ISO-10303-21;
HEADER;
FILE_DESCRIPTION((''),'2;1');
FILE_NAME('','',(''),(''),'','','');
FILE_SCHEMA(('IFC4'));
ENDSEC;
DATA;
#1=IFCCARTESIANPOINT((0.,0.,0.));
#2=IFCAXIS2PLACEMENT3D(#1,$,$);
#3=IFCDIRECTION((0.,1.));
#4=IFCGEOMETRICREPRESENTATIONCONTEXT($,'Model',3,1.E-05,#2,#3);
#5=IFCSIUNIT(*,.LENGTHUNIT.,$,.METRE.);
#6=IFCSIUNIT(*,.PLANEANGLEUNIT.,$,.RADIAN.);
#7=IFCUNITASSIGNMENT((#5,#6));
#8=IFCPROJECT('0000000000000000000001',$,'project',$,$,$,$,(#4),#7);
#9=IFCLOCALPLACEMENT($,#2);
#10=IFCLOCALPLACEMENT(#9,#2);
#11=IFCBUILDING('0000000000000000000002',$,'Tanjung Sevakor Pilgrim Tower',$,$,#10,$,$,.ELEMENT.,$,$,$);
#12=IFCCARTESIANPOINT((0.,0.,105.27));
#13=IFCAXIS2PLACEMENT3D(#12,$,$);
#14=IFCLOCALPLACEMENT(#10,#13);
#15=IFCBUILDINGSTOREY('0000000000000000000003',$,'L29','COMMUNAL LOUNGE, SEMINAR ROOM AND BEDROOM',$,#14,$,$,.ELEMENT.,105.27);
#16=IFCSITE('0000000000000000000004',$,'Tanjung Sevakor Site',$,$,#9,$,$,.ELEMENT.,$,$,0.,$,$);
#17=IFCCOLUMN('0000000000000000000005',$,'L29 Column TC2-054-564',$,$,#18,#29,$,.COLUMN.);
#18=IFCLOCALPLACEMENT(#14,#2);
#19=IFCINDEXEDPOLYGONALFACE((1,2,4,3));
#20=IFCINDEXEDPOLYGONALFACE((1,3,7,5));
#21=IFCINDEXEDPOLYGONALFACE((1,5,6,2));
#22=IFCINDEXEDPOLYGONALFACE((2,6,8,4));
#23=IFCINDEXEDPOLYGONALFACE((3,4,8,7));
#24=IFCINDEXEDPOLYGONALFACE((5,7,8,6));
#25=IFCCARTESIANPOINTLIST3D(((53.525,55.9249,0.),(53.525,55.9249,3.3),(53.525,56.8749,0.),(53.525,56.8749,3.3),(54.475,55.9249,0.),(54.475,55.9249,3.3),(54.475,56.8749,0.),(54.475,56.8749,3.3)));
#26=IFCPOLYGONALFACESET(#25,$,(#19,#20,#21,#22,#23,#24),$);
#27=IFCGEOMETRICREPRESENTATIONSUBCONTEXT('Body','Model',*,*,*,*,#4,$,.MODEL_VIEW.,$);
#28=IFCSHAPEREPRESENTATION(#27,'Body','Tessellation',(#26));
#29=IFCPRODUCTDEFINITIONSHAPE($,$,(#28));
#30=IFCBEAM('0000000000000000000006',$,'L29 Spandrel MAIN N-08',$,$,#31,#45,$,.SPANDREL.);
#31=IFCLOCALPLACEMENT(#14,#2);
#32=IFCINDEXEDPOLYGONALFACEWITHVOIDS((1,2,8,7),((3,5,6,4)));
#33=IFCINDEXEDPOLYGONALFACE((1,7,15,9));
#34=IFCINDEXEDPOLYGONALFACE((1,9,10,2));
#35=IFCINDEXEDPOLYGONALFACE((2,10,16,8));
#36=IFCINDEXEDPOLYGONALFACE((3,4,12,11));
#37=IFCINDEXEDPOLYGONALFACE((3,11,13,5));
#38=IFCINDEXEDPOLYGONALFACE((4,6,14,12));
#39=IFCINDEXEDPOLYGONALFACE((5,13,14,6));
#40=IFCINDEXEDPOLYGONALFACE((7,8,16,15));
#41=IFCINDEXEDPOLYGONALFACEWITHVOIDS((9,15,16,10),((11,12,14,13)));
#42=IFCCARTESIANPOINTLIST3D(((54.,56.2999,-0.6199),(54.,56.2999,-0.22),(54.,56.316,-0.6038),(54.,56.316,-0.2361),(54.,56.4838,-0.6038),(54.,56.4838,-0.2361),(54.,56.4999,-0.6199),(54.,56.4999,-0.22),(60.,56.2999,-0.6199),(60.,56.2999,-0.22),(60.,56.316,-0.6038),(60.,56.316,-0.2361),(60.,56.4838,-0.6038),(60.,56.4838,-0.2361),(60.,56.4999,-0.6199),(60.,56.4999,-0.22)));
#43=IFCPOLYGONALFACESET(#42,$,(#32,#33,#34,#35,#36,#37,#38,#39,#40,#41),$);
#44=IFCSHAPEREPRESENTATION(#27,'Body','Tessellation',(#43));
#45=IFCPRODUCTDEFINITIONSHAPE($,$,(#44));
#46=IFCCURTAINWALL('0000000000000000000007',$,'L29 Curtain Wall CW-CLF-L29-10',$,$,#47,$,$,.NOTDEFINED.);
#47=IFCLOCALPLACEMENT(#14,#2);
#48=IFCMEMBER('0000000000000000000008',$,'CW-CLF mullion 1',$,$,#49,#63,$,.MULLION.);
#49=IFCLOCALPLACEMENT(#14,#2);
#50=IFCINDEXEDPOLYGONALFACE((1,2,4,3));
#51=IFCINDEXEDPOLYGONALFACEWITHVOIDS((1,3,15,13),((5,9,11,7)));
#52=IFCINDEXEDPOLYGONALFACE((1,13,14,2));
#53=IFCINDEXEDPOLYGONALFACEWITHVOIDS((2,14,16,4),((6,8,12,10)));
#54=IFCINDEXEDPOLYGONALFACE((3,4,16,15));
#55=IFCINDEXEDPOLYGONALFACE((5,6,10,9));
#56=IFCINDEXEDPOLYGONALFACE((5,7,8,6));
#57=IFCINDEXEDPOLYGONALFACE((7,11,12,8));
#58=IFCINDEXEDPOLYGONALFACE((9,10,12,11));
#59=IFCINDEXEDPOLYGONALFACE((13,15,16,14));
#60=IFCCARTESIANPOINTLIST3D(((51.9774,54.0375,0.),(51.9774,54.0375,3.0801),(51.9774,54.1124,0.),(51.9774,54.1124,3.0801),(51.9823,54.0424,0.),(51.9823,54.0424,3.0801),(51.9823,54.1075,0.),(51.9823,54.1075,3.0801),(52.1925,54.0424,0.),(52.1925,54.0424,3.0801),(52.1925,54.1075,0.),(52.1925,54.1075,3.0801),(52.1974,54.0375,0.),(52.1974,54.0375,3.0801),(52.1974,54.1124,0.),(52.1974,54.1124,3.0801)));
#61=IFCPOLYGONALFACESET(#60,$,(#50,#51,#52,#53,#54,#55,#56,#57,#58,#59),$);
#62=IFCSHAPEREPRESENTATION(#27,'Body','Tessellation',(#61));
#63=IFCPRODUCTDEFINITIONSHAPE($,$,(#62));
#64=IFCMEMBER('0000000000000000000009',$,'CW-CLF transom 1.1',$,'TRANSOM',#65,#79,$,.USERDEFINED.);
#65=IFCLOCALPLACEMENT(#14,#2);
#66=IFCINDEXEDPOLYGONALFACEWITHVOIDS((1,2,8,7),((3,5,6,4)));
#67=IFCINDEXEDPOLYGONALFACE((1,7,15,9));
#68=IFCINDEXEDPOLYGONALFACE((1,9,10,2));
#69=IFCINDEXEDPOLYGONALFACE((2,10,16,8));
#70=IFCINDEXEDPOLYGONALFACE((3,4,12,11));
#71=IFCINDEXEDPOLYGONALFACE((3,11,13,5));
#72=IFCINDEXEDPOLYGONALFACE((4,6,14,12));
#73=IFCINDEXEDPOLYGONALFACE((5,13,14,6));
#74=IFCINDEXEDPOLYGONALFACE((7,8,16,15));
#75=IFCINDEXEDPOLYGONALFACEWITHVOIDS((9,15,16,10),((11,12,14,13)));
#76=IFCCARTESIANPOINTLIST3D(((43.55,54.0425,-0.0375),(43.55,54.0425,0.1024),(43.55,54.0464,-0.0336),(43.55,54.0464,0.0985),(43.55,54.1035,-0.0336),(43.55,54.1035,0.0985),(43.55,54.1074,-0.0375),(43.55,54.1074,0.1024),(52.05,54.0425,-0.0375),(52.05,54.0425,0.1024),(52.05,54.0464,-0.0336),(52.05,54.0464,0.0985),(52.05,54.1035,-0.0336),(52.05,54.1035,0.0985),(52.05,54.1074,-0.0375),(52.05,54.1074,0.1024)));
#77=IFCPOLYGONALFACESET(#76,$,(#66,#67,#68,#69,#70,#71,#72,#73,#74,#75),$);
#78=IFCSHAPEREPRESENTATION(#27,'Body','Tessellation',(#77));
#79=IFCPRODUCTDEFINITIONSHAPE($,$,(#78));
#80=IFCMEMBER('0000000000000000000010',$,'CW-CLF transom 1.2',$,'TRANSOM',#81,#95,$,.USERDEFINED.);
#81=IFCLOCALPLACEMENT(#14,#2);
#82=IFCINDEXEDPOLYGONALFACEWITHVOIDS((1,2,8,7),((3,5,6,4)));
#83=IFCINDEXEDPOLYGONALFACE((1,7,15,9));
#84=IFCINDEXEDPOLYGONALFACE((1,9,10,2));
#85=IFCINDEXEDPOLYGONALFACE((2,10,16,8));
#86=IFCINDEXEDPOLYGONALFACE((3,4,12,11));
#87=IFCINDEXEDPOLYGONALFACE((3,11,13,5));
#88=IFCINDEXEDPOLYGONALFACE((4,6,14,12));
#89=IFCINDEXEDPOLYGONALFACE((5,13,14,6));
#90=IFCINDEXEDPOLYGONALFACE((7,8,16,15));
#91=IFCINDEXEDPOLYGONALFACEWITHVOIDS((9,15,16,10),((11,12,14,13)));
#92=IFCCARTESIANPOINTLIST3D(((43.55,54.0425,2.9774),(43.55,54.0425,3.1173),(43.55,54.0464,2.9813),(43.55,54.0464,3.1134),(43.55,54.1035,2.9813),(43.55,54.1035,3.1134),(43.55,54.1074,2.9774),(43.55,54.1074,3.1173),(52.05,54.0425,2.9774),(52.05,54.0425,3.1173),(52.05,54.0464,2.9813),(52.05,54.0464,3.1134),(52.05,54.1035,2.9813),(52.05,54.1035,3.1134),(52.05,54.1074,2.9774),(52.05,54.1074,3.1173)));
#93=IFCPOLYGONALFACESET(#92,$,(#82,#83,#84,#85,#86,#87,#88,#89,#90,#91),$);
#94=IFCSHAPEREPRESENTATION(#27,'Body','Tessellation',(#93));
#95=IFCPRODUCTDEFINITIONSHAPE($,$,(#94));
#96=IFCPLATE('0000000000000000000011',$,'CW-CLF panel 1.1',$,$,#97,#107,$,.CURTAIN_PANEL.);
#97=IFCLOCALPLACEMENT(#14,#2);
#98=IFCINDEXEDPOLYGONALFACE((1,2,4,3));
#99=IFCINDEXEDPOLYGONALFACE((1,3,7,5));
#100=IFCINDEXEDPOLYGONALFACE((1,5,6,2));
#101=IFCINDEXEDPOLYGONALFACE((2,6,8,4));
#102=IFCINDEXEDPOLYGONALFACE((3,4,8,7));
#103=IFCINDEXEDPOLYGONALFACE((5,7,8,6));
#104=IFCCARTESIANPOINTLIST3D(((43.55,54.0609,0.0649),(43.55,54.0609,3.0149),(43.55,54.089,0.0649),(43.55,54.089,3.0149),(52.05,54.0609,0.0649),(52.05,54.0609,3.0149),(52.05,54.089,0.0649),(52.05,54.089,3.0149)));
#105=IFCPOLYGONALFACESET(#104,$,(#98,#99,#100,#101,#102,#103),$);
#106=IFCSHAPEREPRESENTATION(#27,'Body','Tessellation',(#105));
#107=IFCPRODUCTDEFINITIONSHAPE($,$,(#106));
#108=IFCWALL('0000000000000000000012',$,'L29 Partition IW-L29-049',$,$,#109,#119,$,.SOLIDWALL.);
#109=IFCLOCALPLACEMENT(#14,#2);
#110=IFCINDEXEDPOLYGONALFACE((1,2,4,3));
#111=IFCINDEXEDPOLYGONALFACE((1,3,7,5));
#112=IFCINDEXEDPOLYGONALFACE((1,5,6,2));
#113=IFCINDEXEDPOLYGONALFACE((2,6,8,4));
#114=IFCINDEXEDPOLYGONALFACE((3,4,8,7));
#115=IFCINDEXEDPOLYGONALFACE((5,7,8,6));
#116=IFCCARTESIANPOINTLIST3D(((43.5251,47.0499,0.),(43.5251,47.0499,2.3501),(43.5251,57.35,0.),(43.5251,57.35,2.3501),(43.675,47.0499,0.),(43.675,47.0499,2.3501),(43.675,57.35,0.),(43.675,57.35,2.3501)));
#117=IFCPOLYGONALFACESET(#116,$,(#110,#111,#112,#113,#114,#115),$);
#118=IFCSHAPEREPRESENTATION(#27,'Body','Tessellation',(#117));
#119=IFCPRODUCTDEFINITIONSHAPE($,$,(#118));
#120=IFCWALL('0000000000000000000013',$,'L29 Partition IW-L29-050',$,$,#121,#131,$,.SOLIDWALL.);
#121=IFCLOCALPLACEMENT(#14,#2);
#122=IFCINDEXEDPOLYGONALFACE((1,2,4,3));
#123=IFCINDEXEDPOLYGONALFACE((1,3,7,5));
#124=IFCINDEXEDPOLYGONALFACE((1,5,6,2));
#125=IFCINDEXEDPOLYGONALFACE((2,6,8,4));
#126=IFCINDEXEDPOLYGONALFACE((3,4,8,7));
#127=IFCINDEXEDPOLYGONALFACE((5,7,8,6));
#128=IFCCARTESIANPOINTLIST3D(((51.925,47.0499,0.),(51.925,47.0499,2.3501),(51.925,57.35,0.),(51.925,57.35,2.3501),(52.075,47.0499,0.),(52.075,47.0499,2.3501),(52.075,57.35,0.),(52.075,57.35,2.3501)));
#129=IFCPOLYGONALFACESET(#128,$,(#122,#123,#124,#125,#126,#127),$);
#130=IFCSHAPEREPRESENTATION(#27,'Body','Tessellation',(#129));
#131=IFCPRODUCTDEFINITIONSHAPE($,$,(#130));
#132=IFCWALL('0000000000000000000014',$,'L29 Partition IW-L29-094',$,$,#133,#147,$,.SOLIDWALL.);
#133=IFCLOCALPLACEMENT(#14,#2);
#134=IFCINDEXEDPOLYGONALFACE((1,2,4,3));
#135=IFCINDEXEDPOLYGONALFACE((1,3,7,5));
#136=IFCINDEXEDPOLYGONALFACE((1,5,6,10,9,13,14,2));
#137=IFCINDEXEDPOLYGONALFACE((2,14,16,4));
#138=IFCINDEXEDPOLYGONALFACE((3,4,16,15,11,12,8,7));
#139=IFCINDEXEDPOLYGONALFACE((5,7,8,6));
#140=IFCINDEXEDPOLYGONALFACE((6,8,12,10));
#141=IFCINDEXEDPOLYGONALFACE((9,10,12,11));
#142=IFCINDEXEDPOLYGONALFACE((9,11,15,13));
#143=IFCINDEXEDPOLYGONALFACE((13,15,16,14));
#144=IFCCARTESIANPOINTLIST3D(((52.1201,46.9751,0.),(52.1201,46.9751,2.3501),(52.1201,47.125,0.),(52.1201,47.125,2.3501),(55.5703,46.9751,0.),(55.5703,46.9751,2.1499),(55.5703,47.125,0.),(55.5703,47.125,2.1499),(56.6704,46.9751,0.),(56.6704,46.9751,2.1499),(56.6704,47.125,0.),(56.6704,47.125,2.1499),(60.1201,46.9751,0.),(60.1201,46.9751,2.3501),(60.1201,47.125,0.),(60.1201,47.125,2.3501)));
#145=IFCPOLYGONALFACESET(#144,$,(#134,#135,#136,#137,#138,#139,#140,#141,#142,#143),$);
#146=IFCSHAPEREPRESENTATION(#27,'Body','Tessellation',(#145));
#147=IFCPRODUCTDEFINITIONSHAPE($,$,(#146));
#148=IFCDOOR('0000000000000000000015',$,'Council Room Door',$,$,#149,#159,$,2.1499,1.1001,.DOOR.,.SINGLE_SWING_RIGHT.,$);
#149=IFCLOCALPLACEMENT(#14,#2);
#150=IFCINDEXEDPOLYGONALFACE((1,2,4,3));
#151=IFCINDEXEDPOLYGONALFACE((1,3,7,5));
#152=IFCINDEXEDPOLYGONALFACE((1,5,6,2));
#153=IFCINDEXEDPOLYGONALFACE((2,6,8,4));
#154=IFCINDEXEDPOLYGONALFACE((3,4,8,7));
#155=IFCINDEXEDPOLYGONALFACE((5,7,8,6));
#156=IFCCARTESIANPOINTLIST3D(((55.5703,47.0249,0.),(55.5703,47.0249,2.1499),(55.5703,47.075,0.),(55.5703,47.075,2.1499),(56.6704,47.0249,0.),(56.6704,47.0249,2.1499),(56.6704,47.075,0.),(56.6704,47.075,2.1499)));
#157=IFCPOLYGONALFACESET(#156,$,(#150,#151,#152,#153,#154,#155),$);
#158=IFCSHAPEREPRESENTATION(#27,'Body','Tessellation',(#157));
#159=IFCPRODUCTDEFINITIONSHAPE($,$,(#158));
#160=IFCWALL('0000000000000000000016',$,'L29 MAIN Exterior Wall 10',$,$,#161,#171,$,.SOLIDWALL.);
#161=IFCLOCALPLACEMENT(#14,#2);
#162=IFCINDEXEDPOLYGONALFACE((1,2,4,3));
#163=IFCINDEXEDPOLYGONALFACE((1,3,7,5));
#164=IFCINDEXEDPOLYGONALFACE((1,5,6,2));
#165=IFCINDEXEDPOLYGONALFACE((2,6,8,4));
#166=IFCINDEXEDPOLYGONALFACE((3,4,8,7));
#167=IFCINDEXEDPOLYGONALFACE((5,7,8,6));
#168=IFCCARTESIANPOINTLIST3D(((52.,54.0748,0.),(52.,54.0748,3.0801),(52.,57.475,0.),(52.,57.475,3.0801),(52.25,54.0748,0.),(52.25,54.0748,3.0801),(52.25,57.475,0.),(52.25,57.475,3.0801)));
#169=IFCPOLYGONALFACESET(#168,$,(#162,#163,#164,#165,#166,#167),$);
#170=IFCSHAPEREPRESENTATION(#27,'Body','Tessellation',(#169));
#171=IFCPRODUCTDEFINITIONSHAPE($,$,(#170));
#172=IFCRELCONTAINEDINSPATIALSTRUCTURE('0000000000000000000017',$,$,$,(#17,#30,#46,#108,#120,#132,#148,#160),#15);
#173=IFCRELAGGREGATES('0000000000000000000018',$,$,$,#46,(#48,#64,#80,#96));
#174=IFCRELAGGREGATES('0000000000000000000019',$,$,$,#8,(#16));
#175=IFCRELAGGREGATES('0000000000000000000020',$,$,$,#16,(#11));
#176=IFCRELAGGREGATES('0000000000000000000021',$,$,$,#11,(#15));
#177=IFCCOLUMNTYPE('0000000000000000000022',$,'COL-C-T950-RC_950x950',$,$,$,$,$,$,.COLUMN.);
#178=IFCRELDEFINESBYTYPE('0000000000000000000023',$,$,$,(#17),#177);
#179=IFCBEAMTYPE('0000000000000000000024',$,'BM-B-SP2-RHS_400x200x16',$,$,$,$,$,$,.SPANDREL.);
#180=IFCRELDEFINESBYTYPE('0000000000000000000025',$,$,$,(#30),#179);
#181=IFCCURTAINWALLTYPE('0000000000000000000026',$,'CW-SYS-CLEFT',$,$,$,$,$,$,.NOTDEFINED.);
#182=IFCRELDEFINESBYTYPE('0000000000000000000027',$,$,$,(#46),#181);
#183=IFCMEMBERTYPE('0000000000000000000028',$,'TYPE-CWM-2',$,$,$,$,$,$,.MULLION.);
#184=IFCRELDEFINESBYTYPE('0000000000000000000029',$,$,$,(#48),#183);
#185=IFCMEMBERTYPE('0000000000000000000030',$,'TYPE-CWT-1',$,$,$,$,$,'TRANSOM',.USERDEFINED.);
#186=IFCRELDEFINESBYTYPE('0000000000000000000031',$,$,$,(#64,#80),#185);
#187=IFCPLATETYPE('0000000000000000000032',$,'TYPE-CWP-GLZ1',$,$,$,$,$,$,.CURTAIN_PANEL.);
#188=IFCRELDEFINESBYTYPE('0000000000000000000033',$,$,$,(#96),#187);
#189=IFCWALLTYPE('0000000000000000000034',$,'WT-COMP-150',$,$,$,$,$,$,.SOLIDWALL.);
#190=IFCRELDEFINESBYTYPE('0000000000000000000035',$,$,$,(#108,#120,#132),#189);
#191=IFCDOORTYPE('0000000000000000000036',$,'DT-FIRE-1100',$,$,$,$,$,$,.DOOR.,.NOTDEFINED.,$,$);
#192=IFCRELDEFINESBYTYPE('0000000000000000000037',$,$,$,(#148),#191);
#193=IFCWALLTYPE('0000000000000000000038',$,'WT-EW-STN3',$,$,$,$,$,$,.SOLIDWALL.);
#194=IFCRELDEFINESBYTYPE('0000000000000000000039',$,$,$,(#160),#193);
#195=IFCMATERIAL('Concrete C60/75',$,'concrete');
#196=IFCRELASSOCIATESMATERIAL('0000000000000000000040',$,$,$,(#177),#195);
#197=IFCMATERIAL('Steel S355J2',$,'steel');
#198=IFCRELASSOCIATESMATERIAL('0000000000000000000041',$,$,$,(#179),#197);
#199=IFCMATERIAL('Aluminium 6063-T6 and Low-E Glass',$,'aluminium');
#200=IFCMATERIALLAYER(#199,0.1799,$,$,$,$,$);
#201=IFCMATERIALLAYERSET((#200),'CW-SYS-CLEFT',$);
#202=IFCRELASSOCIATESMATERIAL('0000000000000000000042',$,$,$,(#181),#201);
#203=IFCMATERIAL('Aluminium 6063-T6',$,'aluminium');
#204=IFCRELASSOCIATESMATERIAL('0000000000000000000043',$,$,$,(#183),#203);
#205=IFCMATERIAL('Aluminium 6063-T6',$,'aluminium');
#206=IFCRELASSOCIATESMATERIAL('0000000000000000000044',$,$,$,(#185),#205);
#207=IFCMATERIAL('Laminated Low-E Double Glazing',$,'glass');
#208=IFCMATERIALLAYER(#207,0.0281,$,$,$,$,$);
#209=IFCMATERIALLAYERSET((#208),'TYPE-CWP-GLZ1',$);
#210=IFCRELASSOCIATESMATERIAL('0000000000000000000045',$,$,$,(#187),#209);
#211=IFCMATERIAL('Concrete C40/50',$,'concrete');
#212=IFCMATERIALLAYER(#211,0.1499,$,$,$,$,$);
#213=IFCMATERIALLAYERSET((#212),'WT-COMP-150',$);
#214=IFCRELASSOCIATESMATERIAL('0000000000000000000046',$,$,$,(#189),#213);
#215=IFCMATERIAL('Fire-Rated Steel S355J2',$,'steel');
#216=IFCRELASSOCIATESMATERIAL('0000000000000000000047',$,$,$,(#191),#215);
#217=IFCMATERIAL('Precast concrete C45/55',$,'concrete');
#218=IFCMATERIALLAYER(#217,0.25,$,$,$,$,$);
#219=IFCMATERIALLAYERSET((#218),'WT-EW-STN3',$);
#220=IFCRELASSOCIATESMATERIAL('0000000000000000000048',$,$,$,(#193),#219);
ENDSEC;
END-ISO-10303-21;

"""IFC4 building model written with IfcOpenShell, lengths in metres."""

from ifc_helpers import new_model, si_unit, direction, frame, frame_2d, origin, origin_2d, place, context, subcontext, project, spatial, rectangle, hollow_rectangle, extrude, material, layer, layer_set, material_profile, profile_set, type_object, element, fill, aggregate, save


model = new_model("IFC4")

# Units and contexts
model_context = context("Model", 3, precision=1e-05, world=origin(), true_north=direction((0.0, 1.0)))
body_context = subcontext(model_context, "Body", "Model", "MODEL_VIEW")
ifc_project = project(units=[si_unit("LENGTHUNIT", "METRE"), si_unit("PLANEANGLEUNIT", "RADIAN")], contexts=[model_context])

# Site, building, storey
site_placement = place(None, origin())
site = spatial("IfcSite", under=ifc_project, at=site_placement, Name="Tanjung Sevakor Site", CompositionType="ELEMENT", RefElevation=0.0)
building_placement = place(site_placement, origin())
building = spatial("IfcBuilding", under=site, at=building_placement, Name="Tanjung Sevakor Pilgrim Tower", CompositionType="ELEMENT")
storey_placement = place(building_placement, frame((0.0, 0.0, 105.27)))
storey = spatial("IfcBuildingStorey", under=building, at=storey_placement, Name="L29", Description="COMMUNAL LOUNGE, SEMINAR ROOM AND BEDROOM", CompositionType="ELEMENT", Elevation=105.27)

# Column
ifc_material_1 = material(Name="Concrete C60/75", Category="concrete")
ifc_material_profile_1 = material_profile(ifc_material_1, rectangle(XDim=0.95, YDim=0.95, at=origin_2d()))
ifc_profile_set_1 = profile_set([ifc_material_profile_1], Name="Concrete C60/75")
column_type = type_object("IfcColumnType", Name="COL-C-T950-RC_950x950", PredefinedType="COLUMN", material=ifc_profile_set_1)
column_placement = place(storey_placement, frame((54.0, 56.3999, 0.0), z_axis=(0.0, 0.0, 1.0), x_axis=(1.0, 0.0, 0.0)))
element("IfcColumn", 1, at=column_placement, inside=storey, type_object=column_type, Name="L29 Column TC2-054-564", PredefinedType="COLUMN", context=body_context, shape_type="SweptSolid", body=[
    extrude(rectangle(XDim=0.95, YDim=0.95, at=origin_2d()), origin(), (0.0, 0.0, 1.0), 3.3),
])

# Beam
ifc_material_2 = material(Name="Steel S355J2", Category="steel")
ifc_material_profile_2 = material_profile(ifc_material_2, hollow_rectangle(XDim=0.2, YDim=0.3999, WallThickness=0.0161, at=origin_2d()))
ifc_profile_set_2 = profile_set([ifc_material_profile_2], Name="Steel S355J2")
beam_type = type_object("IfcBeamType", Name="BM-B-SP2-RHS_400x200x16", PredefinedType="SPANDREL", material=ifc_profile_set_2)
beam_placement = place(storey_placement, frame((54.0, 56.3999, -0.4199), z_axis=(1.0, 0.0, 0.0), x_axis=(0.0, 1.0, 0.0)))
element("IfcBeam", 2, at=beam_placement, inside=storey, type_object=beam_type, Name="L29 Spandrel MAIN N-08", PredefinedType="SPANDREL", context=body_context, shape_type="SweptSolid", body=[
    extrude(hollow_rectangle(XDim=0.2, YDim=0.3999, WallThickness=0.0161, at=origin_2d()), origin(), (0.0, 0.0, 1.0), 6.0),
])

# Curtain wall, members, plate
ifc_material_3 = material(Name="Aluminium 6063-T6 and Low-E Glass", Category="aluminium")
ifc_layer_1 = layer(ifc_material_3, 0.1799)
ifc_layer_set_1 = layer_set([ifc_layer_1], Name="CW-SYS-CLEFT")
curtain_wall_type = type_object("IfcCurtainWallType", Name="CW-SYS-CLEFT", PredefinedType="NOTDEFINED", material=ifc_layer_set_1)
curtain_wall_placement = place(storey_placement, origin())
curtain_wall = element("IfcCurtainWall", 3, at=curtain_wall_placement, inside=storey, type_object=curtain_wall_type, Name="L29 Curtain Wall CW-CLF-L29-10", PredefinedType="NOTDEFINED")
ifc_material_4 = material(Name="Aluminium 6063-T6", Category="aluminium")
ifc_material_profile_3 = material_profile(ifc_material_4, hollow_rectangle(XDim=0.075, YDim=0.22, WallThickness=0.0049, at=origin_2d()))
ifc_profile_set_3 = profile_set([ifc_material_profile_3], Name="Aluminium 6063-T6")
member_type_1 = type_object("IfcMemberType", Name="TYPE-CWM-2", PredefinedType="MULLION", material=ifc_profile_set_3)
member_1_placement = place(storey_placement, frame((52.0874, 54.075, 0.0), z_axis=(0.0, 0.0, 1.0), x_axis=(0.0, -1.0, 0.0)))
member_1 = element("IfcMember", 4, at=member_1_placement, type_object=member_type_1, Name="CW-CLF mullion 1", PredefinedType="MULLION", context=body_context, shape_type="SweptSolid", body=[
    extrude(hollow_rectangle(XDim=0.075, YDim=0.22, WallThickness=0.0049, at=origin_2d()), origin(), (0.0, 0.0, 1.0), 3.0801),
])
ifc_material_5 = material(Name="Aluminium 6063-T6", Category="aluminium")
ifc_material_profile_4 = material_profile(ifc_material_5, hollow_rectangle(XDim=0.0649, YDim=0.1399, WallThickness=0.0039, at=origin_2d()))
ifc_profile_set_4 = profile_set([ifc_material_profile_4], Name="Aluminium 6063-T6")
member_type_2 = type_object("IfcMemberType", Name="TYPE-CWT-1", ElementType="TRANSOM", PredefinedType="USERDEFINED", material=ifc_profile_set_4)
member_2_placement = place(storey_placement, frame((52.05, 54.075, 0.0325), z_axis=(-1.0, 0.0, 0.0), x_axis=(0.0, -1.0, 0.0)))
member_2 = element("IfcMember", 5, at=member_2_placement, type_object=member_type_2, Name="CW-CLF transom 1.1", ObjectType="TRANSOM", PredefinedType="USERDEFINED", context=body_context, shape_type="SweptSolid", body=[
    extrude(hollow_rectangle(XDim=0.0649, YDim=0.1399, WallThickness=0.0039, at=origin_2d()), origin(), (0.0, 0.0, 1.0), 8.5),
])
member_3_placement = place(storey_placement, frame((52.05, 54.075, 3.0474), z_axis=(-1.0, 0.0, 0.0), x_axis=(0.0, -1.0, 0.0)))
member_3 = element("IfcMember", 6, at=member_3_placement, type_object=member_type_2, Name="CW-CLF transom 1.2", ObjectType="TRANSOM", PredefinedType="USERDEFINED", context=body_context, shape_type="SweptSolid", body=[
    extrude(hollow_rectangle(XDim=0.0649, YDim=0.1399, WallThickness=0.0039, at=origin_2d()), origin(), (0.0, 0.0, 1.0), 8.5),
])
ifc_material_6 = material(Name="Laminated Low-E Double Glazing", Category="glass")
ifc_layer_2 = layer(ifc_material_6, 0.0281)
ifc_layer_set_2 = layer_set([ifc_layer_2], Name="TYPE-CWP-GLZ1")
plate_type = type_object("IfcPlateType", Name="TYPE-CWP-GLZ1", PredefinedType="CURTAIN_PANEL", material=ifc_layer_set_2)
plate_placement = place(storey_placement, frame((47.8, 54.075, 0.0649), z_axis=(0.0, 0.0, 1.0), x_axis=(-1.0, 0.0, 0.0)))
plate = element("IfcPlate", 7, at=plate_placement, type_object=plate_type, Name="CW-CLF panel 1.1", PredefinedType="CURTAIN_PANEL", context=body_context, shape_type="SweptSolid", body=[
    extrude(rectangle(XDim=8.5, YDim=0.0281, at=origin_2d()), origin(), (0.0, 0.0, 1.0), 2.95),
])
aggregate(curtain_wall, [member_1, member_2, member_3, plate])

# Walls
ifc_material_7 = material(Name="Concrete C40/50", Category="concrete")
ifc_layer_3 = layer(ifc_material_7, 0.1499)
ifc_layer_set_3 = layer_set([ifc_layer_3], Name="WT-COMP-150")
wall_type_1 = type_object("IfcWallType", Name="WT-COMP-150", PredefinedType="SOLIDWALL", material=ifc_layer_set_3)
for number, where, z_axis, x_axis, name in (
    (8, (43.6001, 47.05, 0.0), (0.0, 0.0, 1.0), (0.0, 1.0, 0.0), "L29 Partition IW-L29-049"),
    (9, (52.0, 47.05, 0.0), (0.0, 0.0, 1.0), (0.0, 1.0, 0.0), "L29 Partition IW-L29-050"),
):
    element("IfcWall", number, at=place(storey_placement, frame(where, z_axis=z_axis, x_axis=x_axis)), inside=storey, type_object=wall_type_1, Name=name, PredefinedType="SOLIDWALL", context=body_context, shape_type="SweptSolid", body=[
        extrude(rectangle(XDim=10.3, YDim=0.1499, at=frame_2d((5.1499, 0.0))), origin(), (0.0, 0.0, 1.0), 2.3501),
    ])

# Wall, opening, door
wall_1_placement = place(storey_placement, frame((52.1201, 47.05, 0.0), z_axis=(0.0, 0.0, 1.0), x_axis=(1.0, 0.0, 0.0)))
wall_1 = element("IfcWall", 10, at=wall_1_placement, inside=storey, type_object=wall_type_1, Name="L29 Partition IW-L29-094", PredefinedType="SOLIDWALL", context=body_context, shape_type="SweptSolid", body=[
    extrude(rectangle(XDim=8.0, YDim=0.1499, at=frame_2d((4.0, 0.0))), origin(), (0.0, 0.0, 1.0), 2.3501),
])
opening_placement = place(wall_1_placement, frame((3.4502, 0.0, 0.0)))
opening = element("IfcOpeningElement", 11, at=opening_placement, cuts=wall_1, PredefinedType="OPENING", context=body_context, shape_type="SweptSolid", body=[
    extrude(rectangle(XDim=1.1001, YDim=2.1499, at=frame_2d((0.55, 1.075))), frame((0.0, 0.085, 0.0), z_axis=(0.0, -1.0, 0.0), x_axis=(1.0, 0.0, 0.0)), (0.0, 0.0, 1.0), 0.1699),
])
ifc_material_8 = material(Name="Fire-Rated Steel S355J2", Category="steel")
door_type = type_object("IfcDoorType", Name="DT-FIRE-1100", OperationType="NOTDEFINED", PredefinedType="DOOR", material=ifc_material_8)
door_placement = place(opening_placement, origin())
door = element("IfcDoor", 12, at=door_placement, inside=storey, type_object=door_type, Name="Council Room Door", OperationType="SINGLE_SWING_RIGHT", OverallHeight=2.1499, OverallWidth=1.1001, PredefinedType="DOOR", context=body_context, shape_type="SweptSolid", body=[
    extrude(rectangle(XDim=1.1001, YDim=2.1499, at=frame_2d((0.55, 1.075))), frame((0.0, 0.0249, 0.0), z_axis=(0.0, -1.0, 0.0), x_axis=(1.0, 0.0, 0.0)), (0.0, 0.0, 1.0), 0.05),
])
fill(opening, door)

# Wall
ifc_material_9 = material(Name="Precast concrete C45/55", Category="concrete")
ifc_layer_4 = layer(ifc_material_9, 0.25)
ifc_layer_set_4 = layer_set([ifc_layer_4], Name="WT-EW-STN3")
wall_type_2 = type_object("IfcWallType", Name="WT-EW-STN3", PredefinedType="SOLIDWALL", material=ifc_layer_set_4)
wall_2_placement = place(storey_placement, frame((52.125, 57.4751, 0.0), z_axis=(0.0, 0.0, 1.0), x_axis=(0.0, -1.0, 0.0)))
element("IfcWall", 13, at=wall_2_placement, inside=storey, type_object=wall_type_2, Name="L29 MAIN Exterior Wall 10", PredefinedType="SOLIDWALL", context=body_context, shape_type="SweptSolid", body=[
    extrude(rectangle(XDim=3.4001, YDim=0.25, at=frame_2d((1.7002, 0.0))), origin(), (0.0, 0.0, 1.0), 3.0801),
])

save(model, "model.ifc")
